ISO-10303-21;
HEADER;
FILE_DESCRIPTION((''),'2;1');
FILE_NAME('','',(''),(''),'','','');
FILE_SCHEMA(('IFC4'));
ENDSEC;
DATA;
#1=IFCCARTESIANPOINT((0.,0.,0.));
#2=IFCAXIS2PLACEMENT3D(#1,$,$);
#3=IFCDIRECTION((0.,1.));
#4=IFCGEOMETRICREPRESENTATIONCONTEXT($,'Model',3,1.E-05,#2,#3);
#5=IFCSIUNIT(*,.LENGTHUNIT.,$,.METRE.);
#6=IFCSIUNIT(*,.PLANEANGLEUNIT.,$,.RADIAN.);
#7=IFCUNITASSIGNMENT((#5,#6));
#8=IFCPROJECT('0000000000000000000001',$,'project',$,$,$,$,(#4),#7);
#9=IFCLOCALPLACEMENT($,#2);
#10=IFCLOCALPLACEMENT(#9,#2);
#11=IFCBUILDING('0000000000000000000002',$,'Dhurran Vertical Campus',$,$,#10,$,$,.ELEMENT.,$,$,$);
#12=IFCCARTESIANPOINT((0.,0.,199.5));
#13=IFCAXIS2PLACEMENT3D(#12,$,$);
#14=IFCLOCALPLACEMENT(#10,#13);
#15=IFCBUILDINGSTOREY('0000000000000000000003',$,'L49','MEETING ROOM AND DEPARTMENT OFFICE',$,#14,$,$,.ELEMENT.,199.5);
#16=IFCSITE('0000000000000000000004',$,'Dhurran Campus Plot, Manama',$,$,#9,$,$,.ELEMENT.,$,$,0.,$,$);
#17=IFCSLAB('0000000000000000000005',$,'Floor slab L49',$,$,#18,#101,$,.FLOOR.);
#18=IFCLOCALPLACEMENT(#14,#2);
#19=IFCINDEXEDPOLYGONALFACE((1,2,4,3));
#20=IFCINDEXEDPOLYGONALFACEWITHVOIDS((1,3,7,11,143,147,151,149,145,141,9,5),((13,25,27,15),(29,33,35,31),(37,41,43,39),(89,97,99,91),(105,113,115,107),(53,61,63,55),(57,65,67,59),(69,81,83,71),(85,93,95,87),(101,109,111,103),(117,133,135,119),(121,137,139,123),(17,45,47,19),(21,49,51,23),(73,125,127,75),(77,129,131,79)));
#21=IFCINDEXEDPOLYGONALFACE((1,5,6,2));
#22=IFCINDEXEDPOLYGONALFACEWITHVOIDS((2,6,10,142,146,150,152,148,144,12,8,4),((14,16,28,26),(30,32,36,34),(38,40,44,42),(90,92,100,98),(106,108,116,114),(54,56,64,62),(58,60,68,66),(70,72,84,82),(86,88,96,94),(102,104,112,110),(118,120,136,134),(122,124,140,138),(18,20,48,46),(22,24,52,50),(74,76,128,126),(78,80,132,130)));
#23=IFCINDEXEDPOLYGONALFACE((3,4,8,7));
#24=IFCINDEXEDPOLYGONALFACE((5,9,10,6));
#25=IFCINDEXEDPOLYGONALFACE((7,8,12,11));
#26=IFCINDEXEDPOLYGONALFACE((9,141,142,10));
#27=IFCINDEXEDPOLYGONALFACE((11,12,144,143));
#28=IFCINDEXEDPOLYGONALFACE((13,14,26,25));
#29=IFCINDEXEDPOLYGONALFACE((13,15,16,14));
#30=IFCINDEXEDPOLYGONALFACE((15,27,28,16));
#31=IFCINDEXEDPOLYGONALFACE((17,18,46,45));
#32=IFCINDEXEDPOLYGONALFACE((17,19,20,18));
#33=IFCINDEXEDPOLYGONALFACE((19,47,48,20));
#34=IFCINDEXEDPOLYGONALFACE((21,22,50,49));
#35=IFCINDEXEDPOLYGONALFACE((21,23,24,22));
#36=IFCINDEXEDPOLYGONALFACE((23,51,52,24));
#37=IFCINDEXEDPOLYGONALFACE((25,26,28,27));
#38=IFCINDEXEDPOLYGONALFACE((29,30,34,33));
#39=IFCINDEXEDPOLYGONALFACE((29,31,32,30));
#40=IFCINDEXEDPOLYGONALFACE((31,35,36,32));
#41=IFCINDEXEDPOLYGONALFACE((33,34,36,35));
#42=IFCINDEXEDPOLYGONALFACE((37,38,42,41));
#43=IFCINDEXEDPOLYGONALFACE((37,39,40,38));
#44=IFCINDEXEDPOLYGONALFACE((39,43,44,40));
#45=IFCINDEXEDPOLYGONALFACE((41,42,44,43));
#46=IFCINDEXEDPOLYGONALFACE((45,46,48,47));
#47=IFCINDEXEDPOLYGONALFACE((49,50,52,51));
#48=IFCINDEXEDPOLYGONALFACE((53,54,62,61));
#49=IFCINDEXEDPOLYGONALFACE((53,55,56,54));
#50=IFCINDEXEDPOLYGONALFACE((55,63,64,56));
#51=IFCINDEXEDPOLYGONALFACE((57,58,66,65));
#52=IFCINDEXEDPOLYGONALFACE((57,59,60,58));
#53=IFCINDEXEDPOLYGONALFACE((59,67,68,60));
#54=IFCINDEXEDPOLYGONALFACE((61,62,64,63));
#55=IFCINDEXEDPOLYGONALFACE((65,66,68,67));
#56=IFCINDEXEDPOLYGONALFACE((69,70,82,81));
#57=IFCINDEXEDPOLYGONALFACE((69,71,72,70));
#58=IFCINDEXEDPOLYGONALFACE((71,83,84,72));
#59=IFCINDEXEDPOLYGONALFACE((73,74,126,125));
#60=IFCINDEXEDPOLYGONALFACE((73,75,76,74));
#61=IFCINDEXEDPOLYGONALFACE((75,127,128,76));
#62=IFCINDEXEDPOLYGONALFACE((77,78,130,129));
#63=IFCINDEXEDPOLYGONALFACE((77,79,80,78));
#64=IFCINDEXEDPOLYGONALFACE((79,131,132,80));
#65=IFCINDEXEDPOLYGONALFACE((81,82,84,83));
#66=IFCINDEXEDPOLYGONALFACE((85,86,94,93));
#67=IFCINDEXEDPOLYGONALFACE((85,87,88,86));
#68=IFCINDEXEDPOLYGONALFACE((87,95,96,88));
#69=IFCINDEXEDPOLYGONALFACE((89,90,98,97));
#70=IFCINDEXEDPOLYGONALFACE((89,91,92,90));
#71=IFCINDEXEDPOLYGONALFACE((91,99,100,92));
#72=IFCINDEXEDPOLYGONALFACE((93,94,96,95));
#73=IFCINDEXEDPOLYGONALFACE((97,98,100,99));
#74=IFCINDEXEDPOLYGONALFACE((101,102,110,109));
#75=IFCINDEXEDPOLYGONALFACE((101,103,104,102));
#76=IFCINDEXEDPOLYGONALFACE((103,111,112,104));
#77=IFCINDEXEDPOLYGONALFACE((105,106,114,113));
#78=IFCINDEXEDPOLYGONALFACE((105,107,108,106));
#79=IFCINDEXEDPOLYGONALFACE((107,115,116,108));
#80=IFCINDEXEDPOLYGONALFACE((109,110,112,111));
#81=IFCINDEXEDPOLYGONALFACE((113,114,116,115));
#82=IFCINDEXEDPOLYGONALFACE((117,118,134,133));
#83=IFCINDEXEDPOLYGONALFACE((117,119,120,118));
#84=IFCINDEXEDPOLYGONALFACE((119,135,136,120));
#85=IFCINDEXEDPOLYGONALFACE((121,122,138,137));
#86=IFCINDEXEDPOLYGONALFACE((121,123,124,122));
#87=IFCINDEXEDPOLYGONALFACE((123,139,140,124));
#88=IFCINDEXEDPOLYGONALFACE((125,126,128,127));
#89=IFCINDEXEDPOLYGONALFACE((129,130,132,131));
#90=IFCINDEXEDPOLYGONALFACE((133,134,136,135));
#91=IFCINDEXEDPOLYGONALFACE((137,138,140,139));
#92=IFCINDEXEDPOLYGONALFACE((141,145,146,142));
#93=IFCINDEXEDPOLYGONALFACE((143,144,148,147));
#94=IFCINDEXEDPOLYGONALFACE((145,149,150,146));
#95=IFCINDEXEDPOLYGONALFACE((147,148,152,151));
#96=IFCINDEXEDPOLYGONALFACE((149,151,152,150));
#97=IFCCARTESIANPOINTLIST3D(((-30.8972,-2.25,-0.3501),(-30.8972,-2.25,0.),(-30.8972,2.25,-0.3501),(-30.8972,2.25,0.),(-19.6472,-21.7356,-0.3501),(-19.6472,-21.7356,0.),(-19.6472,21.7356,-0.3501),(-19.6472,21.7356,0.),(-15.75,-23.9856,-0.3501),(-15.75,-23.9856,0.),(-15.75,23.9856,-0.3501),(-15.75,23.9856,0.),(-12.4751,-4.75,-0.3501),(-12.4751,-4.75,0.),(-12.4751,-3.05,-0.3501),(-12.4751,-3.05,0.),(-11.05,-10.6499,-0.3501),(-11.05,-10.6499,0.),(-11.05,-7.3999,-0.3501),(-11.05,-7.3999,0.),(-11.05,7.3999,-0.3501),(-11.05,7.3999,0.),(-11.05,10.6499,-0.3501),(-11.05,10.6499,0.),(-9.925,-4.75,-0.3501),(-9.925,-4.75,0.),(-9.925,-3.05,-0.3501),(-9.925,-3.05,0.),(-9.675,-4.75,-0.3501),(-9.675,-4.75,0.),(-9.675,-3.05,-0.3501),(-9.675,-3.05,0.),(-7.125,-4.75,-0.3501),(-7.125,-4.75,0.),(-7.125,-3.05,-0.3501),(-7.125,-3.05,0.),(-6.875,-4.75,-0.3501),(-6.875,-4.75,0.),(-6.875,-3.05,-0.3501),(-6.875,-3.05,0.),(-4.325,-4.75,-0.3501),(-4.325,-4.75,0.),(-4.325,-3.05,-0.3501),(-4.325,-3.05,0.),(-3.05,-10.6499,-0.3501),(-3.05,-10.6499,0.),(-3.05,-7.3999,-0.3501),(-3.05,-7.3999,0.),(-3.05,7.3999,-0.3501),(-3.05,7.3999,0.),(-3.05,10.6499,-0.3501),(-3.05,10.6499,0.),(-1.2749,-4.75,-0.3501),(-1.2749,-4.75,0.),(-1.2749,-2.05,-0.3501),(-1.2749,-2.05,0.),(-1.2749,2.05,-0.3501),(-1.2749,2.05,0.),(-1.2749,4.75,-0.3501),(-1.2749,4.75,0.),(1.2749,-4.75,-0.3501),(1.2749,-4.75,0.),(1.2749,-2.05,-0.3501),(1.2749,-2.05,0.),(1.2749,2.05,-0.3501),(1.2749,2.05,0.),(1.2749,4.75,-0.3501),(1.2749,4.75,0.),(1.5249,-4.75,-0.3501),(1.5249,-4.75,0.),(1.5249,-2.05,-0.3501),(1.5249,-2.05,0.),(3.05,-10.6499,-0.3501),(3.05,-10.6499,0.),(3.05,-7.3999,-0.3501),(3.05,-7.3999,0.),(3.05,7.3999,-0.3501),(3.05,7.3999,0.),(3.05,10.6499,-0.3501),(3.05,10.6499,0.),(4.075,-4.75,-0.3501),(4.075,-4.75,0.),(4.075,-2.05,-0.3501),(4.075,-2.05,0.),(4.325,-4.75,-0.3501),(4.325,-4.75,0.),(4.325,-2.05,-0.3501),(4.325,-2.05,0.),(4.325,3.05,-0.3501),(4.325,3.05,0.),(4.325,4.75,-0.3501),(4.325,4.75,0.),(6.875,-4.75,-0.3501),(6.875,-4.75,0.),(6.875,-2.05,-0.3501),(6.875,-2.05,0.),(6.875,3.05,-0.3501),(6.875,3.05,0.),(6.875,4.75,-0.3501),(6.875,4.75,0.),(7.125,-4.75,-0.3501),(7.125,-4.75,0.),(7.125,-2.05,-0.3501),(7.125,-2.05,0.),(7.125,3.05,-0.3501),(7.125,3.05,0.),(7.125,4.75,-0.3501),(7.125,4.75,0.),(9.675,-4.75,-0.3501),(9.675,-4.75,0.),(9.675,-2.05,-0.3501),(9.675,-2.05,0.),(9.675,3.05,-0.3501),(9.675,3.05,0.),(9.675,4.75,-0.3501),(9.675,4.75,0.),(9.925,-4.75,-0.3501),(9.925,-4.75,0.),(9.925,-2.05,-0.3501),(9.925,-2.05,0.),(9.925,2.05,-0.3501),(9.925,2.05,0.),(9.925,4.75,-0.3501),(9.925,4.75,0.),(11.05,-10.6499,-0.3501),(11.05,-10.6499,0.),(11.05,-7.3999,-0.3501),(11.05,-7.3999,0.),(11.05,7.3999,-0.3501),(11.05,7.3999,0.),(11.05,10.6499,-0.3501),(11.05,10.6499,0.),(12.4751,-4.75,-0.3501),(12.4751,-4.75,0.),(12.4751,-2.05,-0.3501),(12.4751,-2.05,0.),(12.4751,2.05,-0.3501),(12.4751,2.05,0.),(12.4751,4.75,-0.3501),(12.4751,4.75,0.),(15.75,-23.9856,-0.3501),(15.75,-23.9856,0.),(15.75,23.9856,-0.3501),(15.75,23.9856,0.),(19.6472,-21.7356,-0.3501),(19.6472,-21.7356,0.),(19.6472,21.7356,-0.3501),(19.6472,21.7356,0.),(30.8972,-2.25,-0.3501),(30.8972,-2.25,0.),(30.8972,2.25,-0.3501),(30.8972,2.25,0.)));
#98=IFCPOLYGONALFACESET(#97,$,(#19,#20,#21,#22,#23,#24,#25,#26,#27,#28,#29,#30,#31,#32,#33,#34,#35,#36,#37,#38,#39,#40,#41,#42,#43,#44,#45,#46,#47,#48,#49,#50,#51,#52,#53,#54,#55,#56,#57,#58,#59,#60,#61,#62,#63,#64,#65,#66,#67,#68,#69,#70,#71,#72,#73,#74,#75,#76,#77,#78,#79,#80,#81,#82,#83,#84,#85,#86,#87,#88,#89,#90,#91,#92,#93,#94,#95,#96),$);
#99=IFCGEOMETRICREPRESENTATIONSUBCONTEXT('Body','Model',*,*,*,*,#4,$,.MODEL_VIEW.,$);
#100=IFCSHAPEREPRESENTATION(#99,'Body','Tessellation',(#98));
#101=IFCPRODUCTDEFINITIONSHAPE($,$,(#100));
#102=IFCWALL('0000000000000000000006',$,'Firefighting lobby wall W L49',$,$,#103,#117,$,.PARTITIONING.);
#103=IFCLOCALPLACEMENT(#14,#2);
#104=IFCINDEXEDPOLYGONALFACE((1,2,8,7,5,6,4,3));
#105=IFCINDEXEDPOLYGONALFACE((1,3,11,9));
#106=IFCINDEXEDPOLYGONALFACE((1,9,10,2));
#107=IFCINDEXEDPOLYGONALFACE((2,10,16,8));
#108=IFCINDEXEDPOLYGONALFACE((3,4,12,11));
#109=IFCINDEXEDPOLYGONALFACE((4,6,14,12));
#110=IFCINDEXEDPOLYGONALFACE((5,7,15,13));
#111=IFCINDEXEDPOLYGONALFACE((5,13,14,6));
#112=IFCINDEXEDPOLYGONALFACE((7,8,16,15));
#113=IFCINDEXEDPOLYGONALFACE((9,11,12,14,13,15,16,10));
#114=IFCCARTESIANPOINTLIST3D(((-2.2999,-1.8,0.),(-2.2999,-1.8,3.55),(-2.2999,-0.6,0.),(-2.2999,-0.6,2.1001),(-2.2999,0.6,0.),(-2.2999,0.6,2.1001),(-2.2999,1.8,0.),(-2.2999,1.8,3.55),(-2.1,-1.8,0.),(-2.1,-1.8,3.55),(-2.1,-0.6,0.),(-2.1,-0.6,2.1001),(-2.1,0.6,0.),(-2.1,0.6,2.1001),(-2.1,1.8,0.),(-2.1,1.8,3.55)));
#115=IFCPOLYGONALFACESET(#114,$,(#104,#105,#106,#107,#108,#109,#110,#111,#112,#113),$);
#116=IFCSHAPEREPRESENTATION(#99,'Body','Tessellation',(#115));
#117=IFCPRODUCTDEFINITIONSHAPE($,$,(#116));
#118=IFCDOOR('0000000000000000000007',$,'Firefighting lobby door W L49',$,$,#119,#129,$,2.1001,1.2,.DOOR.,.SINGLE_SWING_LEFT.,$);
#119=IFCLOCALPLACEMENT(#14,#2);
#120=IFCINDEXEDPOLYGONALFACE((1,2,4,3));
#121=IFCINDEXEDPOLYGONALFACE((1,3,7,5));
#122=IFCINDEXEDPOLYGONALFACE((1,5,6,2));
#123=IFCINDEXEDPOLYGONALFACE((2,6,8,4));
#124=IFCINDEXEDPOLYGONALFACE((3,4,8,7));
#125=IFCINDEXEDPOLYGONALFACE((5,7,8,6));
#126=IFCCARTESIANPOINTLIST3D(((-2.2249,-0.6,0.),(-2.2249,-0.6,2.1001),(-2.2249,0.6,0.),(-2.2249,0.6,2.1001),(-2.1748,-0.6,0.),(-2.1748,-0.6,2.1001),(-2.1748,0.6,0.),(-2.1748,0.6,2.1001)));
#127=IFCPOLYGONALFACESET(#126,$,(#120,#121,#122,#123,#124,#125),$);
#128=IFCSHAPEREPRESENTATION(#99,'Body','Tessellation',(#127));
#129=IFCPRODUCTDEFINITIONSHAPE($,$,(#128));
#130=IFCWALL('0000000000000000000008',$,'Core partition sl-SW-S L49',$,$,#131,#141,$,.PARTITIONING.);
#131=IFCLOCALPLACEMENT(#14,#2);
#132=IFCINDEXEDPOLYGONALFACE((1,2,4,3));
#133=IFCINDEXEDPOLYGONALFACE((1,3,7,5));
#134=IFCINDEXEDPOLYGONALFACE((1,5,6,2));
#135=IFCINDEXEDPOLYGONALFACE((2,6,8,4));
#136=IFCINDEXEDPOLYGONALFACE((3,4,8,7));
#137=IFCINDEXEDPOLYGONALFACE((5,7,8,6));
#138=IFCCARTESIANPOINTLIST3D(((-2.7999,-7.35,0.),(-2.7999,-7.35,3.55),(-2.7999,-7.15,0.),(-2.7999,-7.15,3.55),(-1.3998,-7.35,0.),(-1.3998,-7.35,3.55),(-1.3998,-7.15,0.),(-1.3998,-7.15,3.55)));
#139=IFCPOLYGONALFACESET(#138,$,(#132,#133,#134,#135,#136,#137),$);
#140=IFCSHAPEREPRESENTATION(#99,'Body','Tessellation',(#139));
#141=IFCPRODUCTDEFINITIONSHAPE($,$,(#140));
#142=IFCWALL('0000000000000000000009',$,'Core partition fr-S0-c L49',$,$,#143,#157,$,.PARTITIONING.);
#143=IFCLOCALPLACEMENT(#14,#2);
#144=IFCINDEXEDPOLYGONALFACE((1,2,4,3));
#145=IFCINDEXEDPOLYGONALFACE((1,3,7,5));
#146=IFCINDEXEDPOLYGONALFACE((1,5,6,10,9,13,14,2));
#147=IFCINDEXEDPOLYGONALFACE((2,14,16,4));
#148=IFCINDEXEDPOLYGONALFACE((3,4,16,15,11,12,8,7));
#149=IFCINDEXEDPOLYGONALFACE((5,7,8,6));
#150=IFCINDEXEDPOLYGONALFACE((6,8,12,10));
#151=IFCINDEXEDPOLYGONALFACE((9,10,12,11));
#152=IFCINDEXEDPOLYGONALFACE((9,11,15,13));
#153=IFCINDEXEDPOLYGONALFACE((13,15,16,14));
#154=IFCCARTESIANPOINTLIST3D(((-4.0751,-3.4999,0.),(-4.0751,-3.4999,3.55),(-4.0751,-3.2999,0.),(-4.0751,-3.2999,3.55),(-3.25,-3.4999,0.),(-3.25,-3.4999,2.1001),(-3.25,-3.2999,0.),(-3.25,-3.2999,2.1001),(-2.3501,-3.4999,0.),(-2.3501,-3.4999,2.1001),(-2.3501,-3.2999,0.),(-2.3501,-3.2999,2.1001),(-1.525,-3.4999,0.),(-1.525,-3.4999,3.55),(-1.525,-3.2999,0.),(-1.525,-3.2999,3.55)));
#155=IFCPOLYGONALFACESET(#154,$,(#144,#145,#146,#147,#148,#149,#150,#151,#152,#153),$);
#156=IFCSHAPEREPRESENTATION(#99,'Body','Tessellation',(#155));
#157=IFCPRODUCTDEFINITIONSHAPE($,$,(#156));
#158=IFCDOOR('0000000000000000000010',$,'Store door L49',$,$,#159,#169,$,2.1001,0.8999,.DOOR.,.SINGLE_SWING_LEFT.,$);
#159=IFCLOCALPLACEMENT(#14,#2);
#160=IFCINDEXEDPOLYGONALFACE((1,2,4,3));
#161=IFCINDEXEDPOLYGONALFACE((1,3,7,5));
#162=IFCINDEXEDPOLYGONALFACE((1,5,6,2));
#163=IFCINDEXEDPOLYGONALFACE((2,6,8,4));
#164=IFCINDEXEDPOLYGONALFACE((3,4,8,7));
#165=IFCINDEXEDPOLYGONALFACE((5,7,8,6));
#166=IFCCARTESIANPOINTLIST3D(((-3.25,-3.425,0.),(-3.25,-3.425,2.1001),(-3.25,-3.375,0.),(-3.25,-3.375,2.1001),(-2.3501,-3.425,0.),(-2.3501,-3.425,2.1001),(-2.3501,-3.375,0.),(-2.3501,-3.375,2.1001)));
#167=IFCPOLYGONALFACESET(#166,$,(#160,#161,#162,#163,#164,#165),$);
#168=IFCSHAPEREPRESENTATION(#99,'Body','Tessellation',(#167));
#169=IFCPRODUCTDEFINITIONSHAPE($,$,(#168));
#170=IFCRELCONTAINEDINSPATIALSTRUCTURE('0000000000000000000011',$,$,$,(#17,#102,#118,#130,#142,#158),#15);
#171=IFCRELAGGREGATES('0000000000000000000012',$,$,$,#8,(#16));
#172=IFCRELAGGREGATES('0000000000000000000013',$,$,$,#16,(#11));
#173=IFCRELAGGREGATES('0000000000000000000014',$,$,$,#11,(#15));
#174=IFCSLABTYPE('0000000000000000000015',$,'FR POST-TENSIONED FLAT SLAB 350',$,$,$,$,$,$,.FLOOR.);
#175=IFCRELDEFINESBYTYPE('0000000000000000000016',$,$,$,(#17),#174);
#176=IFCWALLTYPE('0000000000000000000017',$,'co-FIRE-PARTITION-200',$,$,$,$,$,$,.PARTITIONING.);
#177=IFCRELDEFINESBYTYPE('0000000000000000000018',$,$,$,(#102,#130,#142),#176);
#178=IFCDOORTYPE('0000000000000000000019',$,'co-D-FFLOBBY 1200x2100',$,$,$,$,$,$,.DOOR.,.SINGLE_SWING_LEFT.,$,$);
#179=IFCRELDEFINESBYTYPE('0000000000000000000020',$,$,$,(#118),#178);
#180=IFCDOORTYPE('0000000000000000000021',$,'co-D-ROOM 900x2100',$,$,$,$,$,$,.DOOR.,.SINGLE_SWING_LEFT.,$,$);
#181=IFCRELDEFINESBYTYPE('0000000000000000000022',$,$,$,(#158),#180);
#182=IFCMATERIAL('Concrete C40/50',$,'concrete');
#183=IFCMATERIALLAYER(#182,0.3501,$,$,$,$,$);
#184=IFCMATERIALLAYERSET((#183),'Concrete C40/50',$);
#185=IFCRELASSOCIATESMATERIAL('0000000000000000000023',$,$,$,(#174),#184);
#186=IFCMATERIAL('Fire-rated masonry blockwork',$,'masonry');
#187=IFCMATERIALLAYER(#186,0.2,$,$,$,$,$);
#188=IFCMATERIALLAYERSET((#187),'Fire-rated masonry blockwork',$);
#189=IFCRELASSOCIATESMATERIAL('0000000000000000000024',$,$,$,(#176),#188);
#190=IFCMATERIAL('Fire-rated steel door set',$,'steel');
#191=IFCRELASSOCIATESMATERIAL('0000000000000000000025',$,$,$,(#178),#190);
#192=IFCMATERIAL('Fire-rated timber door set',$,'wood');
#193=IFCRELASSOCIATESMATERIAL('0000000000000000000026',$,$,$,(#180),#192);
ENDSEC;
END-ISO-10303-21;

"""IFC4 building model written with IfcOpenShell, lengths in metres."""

from ifc_helpers import new_model, si_unit, direction, frame, frame_2d, origin, place, context, subcontext, project, spatial, polyline, rectangle, outline, extrude, material, layer, layer_set, type_object, element, fill, save


model = new_model("IFC4")

# Units and contexts
model_context = context("Model", 3, precision=1e-05, world=origin(), true_north=direction((0.0, 1.0)))
body_context = subcontext(model_context, "Body", "Model", "MODEL_VIEW")
ifc_project = project(units=[si_unit("LENGTHUNIT", "METRE"), si_unit("PLANEANGLEUNIT", "RADIAN")], contexts=[model_context])

# Site, building, storey
site_placement = place(None, origin())
site = spatial("IfcSite", under=ifc_project, at=site_placement, Name="Dhurran Campus Plot, Manama", CompositionType="ELEMENT", RefElevation=0.0)
building_placement = place(site_placement, origin())
building = spatial("IfcBuilding", under=site, at=building_placement, Name="Dhurran Vertical Campus", CompositionType="ELEMENT")
storey_placement = place(building_placement, frame((0.0, 0.0, 199.5)))
storey = spatial("IfcBuildingStorey", under=building, at=storey_placement, Name="L49", Description="MEETING ROOM AND DEPARTMENT OFFICE", CompositionType="ELEMENT", Elevation=199.5)

# Slab
ifc_material_1 = material(Name="Concrete C40/50", Category="concrete")
ifc_layer_1 = layer(ifc_material_1, 0.3501)
ifc_layer_set_1 = layer_set([ifc_layer_1], Name="Concrete C40/50")
slab_type = type_object("IfcSlabType", Name="FR POST-TENSIONED FLAT SLAB 350", PredefinedType="FLOOR", material=ifc_layer_set_1)
slab_placement = place(storey_placement, frame((0.0, 0.0, -0.3501)))
element("IfcSlab", 1, at=slab_placement, inside=storey, type_object=slab_type, Name="Floor slab L49", PredefinedType="FLOOR", context=body_context, shape_type="SweptSolid", body=[
    extrude(outline(polyline([(-15.75, -23.9856), (15.75, -23.9856), (19.6472, -21.7356), (30.8972, -2.25), (30.8972, 2.25), (19.6472, 21.7356), (15.75, 23.9856), (-15.75, 23.9856), (-19.6472, 21.7356), (-30.8972, 2.25), (-30.8972, -2.25), (-19.6472, -21.7356), (-15.75, -23.9856)]), holes=[polyline([(-1.2749, 2.05), (1.2749, 2.05), (1.2749, 4.75), (-1.2749, 4.75), (-1.2749, 2.05)]), polyline([(9.925, 2.05), (12.4751, 2.05), (12.4751, 4.75), (9.925, 4.75), (9.925, 2.05)]), polyline([(-1.2749, -4.75), (1.2749, -4.75), (1.2749, -2.05), (-1.2749, -2.05), (-1.2749, -4.75)]), polyline([(1.5249, -4.75), (4.075, -4.75), (4.075, -2.05), (1.5249, -2.05), (1.5249, -4.75)]), polyline([(4.325, -4.75), (6.875, -4.75), (6.875, -2.05), (4.325, -2.05), (4.325, -4.75)]), polyline([(7.125, -4.75), (9.675, -4.75), (9.675, -2.05), (7.125, -2.05), (7.125, -4.75)]), polyline([(9.925, -4.75), (12.4751, -4.75), (12.4751, -2.05), (9.925, -2.05), (9.925, -4.75)]), polyline([(4.325, 3.05), (6.875, 3.05), (6.875, 4.75), (4.325, 4.75), (4.325, 3.05)]), polyline([(7.125, 3.05), (9.675, 3.05), (9.675, 4.75), (7.125, 4.75), (7.125, 3.05)]), polyline([(-12.4751, -4.75), (-9.925, -4.75), (-9.925, -3.05), (-12.4751, -3.05), (-12.4751, -4.75)]), polyline([(-9.675, -4.75), (-7.125, -4.75), (-7.125, -3.05), (-9.675, -3.05), (-9.675, -4.75)]), polyline([(-6.875, -4.75), (-4.325, -4.75), (-4.325, -3.05), (-6.875, -3.05), (-6.875, -4.75)]), polyline([(-11.05, 7.3999), (-3.05, 7.3999), (-3.05, 10.6499), (-11.05, 10.6499), (-11.05, 7.3999)]), polyline([(3.05, 7.3999), (11.05, 7.3999), (11.05, 10.6499), (3.05, 10.6499), (3.05, 7.3999)]), polyline([(-11.05, -10.6499), (-3.05, -10.6499), (-3.05, -7.3999), (-11.05, -7.3999), (-11.05, -10.6499)]), polyline([(3.05, -10.6499), (11.05, -10.6499), (11.05, -7.3999), (3.05, -7.3999), (3.05, -10.6499)])]), origin(), (0.0, 0.0, 1.0), 0.3501),
])

# Wall, opening, door
ifc_material_2 = material(Name="Fire-rated masonry blockwork", Category="masonry")
ifc_layer_2 = layer(ifc_material_2, 0.2)
ifc_layer_set_2 = layer_set([ifc_layer_2], Name="Fire-rated masonry blockwork")
wall_type_1 = type_object("IfcWallType", Name="co-FIRE-PARTITION-200", PredefinedType="PARTITIONING", material=ifc_layer_set_2)
wall_1_placement = place(storey_placement, frame((-2.2, -1.8, 0.0), z_axis=(0.0, 0.0, 1.0), x_axis=(0.0, 1.0, 0.0)))
wall_1 = element("IfcWall", 2, at=wall_1_placement, inside=storey, type_object=wall_type_1, Name="Firefighting lobby wall W L49", PredefinedType="PARTITIONING", context=body_context, shape_type="SweptSolid", body=[
    extrude(rectangle(XDim=3.6001, YDim=0.2, at=frame_2d((1.8, 0.0))), origin(), (0.0, 0.0, 1.0), 3.55),
])
opening_1_placement = place(wall_1_placement, frame((1.2, 0.0, 0.0)))
opening_1 = element("IfcOpeningElement", 3, at=opening_1_placement, cuts=wall_1, PredefinedType="OPENING", context=body_context, shape_type="SweptSolid", body=[
    extrude(rectangle(XDim=1.2, YDim=2.1001, at=frame_2d((0.6001, 1.05))), frame((0.0, 0.1099, 0.0), z_axis=(0.0, -1.0, 0.0), x_axis=(1.0, 0.0, 0.0)), (0.0, 0.0, 1.0), 0.22),
])
ifc_material_3 = material(Name="Fire-rated steel door set", Category="steel")
door_type_1 = type_object("IfcDoorType", Name="co-D-FFLOBBY 1200x2100", OperationType="SINGLE_SWING_LEFT", PredefinedType="DOOR", material=ifc_material_3)
door_1_placement = place(opening_1_placement, origin())
door_1 = element("IfcDoor", 4, at=door_1_placement, inside=storey, type_object=door_type_1, Name="Firefighting lobby door W L49", OperationType="SINGLE_SWING_LEFT", OverallHeight=2.1001, OverallWidth=1.2, PredefinedType="DOOR", context=body_context, shape_type="SweptSolid", body=[
    extrude(rectangle(XDim=1.2, YDim=2.1001, at=frame_2d((0.6001, 1.05))), frame((0.0, 0.0249, 0.0), z_axis=(0.0, -1.0, 0.0), x_axis=(1.0, 0.0, 0.0)), (0.0, 0.0, 1.0), 0.05),
])
fill(opening_1, door_1)

# Wall
wall_2_placement = place(storey_placement, frame((-2.8, -7.25, 0.0), z_axis=(0.0, 0.0, 1.0), x_axis=(1.0, 0.0, 0.0)))
element("IfcWall", 5, at=wall_2_placement, inside=storey, type_object=wall_type_1, Name="Core partition sl-SW-S L49", PredefinedType="PARTITIONING", context=body_context, shape_type="SweptSolid", body=[
    extrude(rectangle(XDim=1.4001, YDim=0.2, at=frame_2d((0.7002, 0.0))), origin(), (0.0, 0.0, 1.0), 3.55),
])

# Wall, opening, door
wall_3_placement = place(storey_placement, frame((-4.075, -3.3999, 0.0), z_axis=(0.0, 0.0, 1.0), x_axis=(1.0, 0.0, 0.0)))
wall_3 = element("IfcWall", 6, at=wall_3_placement, inside=storey, type_object=wall_type_1, Name="Core partition fr-S0-c L49", PredefinedType="PARTITIONING", context=body_context, shape_type="SweptSolid", body=[
    extrude(rectangle(XDim=2.55, YDim=0.2, at=frame_2d((1.2749, 0.0))), origin(), (0.0, 0.0, 1.0), 3.55),
])
opening_2_placement = place(wall_3_placement, frame((0.825, 0.0, 0.0)))
opening_2 = element("IfcOpeningElement", 7, at=opening_2_placement, cuts=wall_3, PredefinedType="OPENING", context=body_context, shape_type="SweptSolid", body=[
    extrude(rectangle(XDim=0.8999, YDim=2.1001, at=frame_2d((0.45, 1.05))), frame((0.0, 0.1099, 0.0), z_axis=(0.0, -1.0, 0.0), x_axis=(1.0, 0.0, 0.0)), (0.0, 0.0, 1.0), 0.22),
])
ifc_material_4 = material(Name="Fire-rated timber door set", Category="wood")
door_type_2 = type_object("IfcDoorType", Name="co-D-ROOM 900x2100", OperationType="SINGLE_SWING_LEFT", PredefinedType="DOOR", material=ifc_material_4)
door_2_placement = place(opening_2_placement, origin())
door_2 = element("IfcDoor", 8, at=door_2_placement, inside=storey, type_object=door_type_2, Name="Store door L49", OperationType="SINGLE_SWING_LEFT", OverallHeight=2.1001, OverallWidth=0.8999, PredefinedType="DOOR", context=body_context, shape_type="SweptSolid", body=[
    extrude(rectangle(XDim=0.8999, YDim=2.1001, at=frame_2d((0.45, 1.05))), frame((0.0, 0.0249, 0.0), z_axis=(0.0, -1.0, 0.0), x_axis=(1.0, 0.0, 0.0)), (0.0, 0.0, 1.0), 0.05),
])
fill(opening_2, door_2)

save(model, "model.ifc")
